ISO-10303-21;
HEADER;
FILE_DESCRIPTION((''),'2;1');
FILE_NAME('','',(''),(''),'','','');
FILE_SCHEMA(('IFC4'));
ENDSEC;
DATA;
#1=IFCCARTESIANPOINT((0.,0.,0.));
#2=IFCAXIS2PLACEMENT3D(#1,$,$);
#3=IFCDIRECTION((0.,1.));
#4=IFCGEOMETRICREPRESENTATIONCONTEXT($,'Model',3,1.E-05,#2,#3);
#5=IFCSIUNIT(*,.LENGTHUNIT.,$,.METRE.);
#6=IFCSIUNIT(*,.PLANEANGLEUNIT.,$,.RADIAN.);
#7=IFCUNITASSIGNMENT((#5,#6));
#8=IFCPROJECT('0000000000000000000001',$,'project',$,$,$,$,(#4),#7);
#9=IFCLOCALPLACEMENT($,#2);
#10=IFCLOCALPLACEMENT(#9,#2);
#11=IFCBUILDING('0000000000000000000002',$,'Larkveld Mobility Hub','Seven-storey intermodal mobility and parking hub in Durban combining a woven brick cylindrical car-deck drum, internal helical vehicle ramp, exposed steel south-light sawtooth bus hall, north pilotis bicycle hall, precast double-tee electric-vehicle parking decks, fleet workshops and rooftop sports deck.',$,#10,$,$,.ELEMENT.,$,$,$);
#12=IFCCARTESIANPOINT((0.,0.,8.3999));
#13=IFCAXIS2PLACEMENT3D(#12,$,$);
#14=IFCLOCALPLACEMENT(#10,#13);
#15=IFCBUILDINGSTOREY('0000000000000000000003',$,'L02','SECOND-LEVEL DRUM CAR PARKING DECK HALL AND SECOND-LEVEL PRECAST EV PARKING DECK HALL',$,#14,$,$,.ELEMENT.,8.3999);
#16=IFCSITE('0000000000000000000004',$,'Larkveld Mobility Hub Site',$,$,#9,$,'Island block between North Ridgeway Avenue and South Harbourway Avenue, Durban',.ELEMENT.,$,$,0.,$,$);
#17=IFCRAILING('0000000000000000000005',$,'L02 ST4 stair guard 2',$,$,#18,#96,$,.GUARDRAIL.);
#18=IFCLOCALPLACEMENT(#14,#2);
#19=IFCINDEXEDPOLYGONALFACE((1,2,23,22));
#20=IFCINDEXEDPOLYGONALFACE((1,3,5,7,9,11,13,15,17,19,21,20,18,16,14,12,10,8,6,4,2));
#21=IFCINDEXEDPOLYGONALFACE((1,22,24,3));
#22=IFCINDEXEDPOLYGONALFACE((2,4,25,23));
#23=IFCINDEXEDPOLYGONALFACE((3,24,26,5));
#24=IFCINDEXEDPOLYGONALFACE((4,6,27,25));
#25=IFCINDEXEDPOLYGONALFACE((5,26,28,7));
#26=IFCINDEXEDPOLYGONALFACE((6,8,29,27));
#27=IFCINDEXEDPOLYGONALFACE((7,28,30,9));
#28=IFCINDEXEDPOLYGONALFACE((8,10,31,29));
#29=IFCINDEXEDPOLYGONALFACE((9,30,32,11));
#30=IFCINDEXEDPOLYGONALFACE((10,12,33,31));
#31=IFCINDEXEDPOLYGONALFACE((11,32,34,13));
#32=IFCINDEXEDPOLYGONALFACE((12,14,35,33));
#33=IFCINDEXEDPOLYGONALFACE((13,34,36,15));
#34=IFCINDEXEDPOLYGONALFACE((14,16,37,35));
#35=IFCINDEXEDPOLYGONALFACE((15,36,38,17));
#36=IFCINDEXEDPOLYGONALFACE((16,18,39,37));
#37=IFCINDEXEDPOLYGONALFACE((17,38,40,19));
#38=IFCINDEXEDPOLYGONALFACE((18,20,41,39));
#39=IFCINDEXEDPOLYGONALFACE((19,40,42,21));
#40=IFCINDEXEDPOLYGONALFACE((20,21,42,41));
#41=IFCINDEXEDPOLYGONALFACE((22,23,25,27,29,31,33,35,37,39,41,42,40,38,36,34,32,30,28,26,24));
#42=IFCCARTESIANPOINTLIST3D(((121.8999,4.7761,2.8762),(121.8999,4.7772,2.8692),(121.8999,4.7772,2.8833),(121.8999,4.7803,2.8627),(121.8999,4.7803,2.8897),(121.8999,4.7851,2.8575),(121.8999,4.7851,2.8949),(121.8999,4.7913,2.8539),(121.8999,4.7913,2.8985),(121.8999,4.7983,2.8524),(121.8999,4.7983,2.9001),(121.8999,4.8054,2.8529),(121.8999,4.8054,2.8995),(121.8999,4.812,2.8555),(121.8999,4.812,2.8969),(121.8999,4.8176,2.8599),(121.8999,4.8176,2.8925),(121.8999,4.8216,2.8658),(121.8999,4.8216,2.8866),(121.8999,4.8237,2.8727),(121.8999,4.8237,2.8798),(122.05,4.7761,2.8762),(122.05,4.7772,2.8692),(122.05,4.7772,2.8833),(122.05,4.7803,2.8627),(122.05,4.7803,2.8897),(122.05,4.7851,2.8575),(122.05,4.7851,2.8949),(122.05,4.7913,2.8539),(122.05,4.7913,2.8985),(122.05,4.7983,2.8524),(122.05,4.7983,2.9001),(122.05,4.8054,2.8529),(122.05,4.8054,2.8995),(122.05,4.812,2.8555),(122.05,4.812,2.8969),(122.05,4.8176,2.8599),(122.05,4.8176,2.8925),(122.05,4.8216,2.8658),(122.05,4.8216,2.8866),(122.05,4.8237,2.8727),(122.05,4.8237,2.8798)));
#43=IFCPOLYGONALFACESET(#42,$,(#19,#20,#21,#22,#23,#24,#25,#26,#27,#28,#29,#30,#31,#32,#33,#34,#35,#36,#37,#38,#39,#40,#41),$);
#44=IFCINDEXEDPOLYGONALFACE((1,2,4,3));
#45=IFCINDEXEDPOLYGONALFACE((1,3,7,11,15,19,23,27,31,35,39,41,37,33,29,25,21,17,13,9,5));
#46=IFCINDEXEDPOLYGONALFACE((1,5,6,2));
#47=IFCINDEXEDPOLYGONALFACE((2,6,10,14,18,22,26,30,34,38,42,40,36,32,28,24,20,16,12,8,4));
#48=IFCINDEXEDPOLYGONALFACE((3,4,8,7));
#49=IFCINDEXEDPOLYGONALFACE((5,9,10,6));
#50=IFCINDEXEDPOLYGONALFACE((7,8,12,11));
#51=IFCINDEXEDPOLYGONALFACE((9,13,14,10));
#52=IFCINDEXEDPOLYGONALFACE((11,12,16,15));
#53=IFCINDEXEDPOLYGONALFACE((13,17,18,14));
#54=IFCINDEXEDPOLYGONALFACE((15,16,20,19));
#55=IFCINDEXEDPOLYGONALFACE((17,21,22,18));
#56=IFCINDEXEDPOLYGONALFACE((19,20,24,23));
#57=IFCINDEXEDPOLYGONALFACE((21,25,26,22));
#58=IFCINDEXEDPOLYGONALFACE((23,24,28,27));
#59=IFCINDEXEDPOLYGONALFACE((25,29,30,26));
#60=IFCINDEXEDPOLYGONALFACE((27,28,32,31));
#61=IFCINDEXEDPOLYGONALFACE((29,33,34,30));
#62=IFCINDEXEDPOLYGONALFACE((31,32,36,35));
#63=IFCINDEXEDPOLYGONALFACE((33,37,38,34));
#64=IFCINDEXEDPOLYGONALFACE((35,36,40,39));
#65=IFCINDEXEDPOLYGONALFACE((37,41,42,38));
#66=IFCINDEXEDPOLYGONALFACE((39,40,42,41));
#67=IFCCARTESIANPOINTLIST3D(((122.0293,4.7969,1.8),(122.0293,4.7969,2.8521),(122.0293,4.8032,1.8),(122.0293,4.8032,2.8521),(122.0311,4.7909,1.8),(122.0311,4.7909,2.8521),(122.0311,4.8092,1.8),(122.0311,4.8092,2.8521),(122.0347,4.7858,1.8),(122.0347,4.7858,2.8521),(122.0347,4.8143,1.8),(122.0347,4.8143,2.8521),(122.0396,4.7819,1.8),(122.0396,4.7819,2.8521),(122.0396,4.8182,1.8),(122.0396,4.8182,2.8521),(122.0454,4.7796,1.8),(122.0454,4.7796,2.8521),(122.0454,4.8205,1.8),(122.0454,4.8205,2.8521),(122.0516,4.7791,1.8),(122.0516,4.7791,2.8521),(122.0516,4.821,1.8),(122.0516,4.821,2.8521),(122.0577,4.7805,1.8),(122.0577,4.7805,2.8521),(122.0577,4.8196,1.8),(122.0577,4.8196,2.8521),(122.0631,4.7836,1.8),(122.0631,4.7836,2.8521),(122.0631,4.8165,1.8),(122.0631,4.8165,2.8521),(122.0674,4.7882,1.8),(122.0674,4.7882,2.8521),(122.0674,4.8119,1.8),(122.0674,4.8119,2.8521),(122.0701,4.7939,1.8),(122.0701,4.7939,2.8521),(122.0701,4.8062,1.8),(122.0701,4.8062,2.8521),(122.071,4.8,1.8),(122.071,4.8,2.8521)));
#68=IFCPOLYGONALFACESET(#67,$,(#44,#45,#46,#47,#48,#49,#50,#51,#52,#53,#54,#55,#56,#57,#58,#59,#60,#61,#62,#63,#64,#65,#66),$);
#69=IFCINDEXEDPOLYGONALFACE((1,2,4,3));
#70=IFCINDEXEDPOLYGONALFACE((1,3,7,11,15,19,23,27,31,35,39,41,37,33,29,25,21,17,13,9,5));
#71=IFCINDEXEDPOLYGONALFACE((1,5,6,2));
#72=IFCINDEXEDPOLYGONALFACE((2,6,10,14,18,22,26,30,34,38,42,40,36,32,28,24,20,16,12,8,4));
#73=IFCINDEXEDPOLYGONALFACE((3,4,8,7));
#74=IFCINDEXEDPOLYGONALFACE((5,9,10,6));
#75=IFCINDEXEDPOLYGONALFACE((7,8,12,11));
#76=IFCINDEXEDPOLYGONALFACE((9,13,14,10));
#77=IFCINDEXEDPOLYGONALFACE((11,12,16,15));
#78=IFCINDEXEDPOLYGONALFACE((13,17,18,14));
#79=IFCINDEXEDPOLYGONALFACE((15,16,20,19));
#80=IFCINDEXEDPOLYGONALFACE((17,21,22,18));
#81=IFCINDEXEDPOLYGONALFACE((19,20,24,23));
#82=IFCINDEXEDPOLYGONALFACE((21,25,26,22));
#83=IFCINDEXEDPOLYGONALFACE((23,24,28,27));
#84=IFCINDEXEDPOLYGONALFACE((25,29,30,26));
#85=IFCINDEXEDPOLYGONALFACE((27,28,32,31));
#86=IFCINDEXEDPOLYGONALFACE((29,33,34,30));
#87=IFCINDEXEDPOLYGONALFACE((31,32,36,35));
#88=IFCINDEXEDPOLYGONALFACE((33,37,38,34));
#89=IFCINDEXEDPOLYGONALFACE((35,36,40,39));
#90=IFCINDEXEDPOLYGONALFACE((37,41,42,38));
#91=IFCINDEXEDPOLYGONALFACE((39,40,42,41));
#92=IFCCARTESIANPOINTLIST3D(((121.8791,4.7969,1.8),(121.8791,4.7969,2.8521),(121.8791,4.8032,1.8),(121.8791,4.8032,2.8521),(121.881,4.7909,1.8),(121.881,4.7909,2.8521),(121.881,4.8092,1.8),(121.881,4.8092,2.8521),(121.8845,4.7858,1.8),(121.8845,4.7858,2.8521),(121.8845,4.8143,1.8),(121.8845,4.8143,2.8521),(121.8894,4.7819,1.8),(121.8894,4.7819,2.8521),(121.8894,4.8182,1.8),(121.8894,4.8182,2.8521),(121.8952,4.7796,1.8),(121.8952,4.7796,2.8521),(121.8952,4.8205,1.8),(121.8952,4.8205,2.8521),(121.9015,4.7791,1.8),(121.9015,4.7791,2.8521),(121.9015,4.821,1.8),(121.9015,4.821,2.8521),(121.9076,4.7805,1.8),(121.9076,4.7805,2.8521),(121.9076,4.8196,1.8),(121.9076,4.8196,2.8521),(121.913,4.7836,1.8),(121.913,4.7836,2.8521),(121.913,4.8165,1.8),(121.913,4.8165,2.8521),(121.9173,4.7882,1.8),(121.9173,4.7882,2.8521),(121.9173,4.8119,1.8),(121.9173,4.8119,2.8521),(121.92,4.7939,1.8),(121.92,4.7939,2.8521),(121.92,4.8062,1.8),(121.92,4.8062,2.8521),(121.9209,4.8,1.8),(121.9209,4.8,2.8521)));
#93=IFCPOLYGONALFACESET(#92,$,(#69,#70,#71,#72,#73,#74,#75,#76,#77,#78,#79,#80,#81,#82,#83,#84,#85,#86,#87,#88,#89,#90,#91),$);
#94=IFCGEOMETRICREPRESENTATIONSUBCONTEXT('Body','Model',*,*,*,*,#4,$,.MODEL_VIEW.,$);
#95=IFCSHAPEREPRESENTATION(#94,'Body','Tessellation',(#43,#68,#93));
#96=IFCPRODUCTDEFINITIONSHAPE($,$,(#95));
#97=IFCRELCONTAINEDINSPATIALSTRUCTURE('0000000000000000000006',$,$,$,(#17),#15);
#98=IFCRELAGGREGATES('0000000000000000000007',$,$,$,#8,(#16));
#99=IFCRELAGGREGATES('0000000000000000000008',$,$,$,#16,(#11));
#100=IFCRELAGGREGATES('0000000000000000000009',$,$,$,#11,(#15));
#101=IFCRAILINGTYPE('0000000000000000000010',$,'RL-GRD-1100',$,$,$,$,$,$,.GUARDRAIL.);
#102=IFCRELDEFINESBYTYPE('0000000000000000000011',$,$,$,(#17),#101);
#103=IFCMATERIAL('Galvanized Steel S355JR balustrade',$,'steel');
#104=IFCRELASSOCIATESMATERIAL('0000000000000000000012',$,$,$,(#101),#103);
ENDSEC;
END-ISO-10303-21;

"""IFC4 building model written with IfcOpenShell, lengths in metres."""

from ifc_helpers import new_model, si_unit, direction, frame, origin, origin_2d, place, context, subcontext, project, spatial, circle, extrude, material, type_object, element, save


model = new_model("IFC4")

# Units and contexts
model_context = context("Model", 3, precision=1e-05, world=origin(), true_north=direction((0.0, 1.0)))
body_context = subcontext(model_context, "Body", "Model", "MODEL_VIEW")
ifc_project = project(units=[si_unit("LENGTHUNIT", "METRE"), si_unit("PLANEANGLEUNIT", "RADIAN")], contexts=[model_context])

# Site, building, storey
site_placement = place(None, origin())
site = spatial("IfcSite", under=ifc_project, at=site_placement, Name="Larkveld Mobility Hub Site", LongName="Island block between North Ridgeway Avenue and South Harbourway Avenue, Durban", CompositionType="ELEMENT", RefElevation=0.0)
building_placement = place(site_placement, origin())
building = spatial("IfcBuilding", under=site, at=building_placement, Name="Larkveld Mobility Hub", Description="Seven-storey intermodal mobility and parking hub in Durban combining a woven brick cylindrical car-deck drum, internal helical vehicle ramp, exposed steel south-light sawtooth bus hall, north pilotis bicycle hall, precast double-tee electric-vehicle parking decks, fleet workshops and rooftop sports deck.", CompositionType="ELEMENT")
storey_placement = place(building_placement, frame((0.0, 0.0, 8.3999)))
storey = spatial("IfcBuildingStorey", under=building, at=storey_placement, Name="L02", Description="SECOND-LEVEL DRUM CAR PARKING DECK HALL AND SECOND-LEVEL PRECAST EV PARKING DECK HALL", CompositionType="ELEMENT", Elevation=8.3999)

# Railing
ifc_material_1 = material(Name="Galvanized Steel S355JR balustrade", Category="steel")
railing_type_1 = type_object("IfcRailingType", Name="RL-GRD-1100", PredefinedType="GUARDRAIL", material=ifc_material_1)
railing_1_placement = place(storey_placement, frame((122.05, 4.8, 1.8)))
element("IfcRailing", 1, at=railing_1_placement, inside=storey, type_object=railing_type_1, Name="L02 ST4 stair guard 2", PredefinedType="GUARDRAIL", context=body_context, shape_type="SweptSolid", body=[
    extrude(circle(Radius=0.0239, at=origin_2d()), frame((0.0, 0.0, 1.0762), z_axis=(-1.0, 0.0, 0.0), x_axis=(0.0, -1.0, 0.0)), (0.0, 0.0, 1.0), 0.1501),
    extrude(circle(Radius=0.021, at=origin_2d()), origin(), (0.0, 0.0, 1.0), 1.052),
    extrude(circle(Radius=0.021, at=origin_2d()), frame((-0.1501, 0.0, 0.0)), (0.0, 0.0, 1.0), 1.052),
])

save(model, "model.ifc")
